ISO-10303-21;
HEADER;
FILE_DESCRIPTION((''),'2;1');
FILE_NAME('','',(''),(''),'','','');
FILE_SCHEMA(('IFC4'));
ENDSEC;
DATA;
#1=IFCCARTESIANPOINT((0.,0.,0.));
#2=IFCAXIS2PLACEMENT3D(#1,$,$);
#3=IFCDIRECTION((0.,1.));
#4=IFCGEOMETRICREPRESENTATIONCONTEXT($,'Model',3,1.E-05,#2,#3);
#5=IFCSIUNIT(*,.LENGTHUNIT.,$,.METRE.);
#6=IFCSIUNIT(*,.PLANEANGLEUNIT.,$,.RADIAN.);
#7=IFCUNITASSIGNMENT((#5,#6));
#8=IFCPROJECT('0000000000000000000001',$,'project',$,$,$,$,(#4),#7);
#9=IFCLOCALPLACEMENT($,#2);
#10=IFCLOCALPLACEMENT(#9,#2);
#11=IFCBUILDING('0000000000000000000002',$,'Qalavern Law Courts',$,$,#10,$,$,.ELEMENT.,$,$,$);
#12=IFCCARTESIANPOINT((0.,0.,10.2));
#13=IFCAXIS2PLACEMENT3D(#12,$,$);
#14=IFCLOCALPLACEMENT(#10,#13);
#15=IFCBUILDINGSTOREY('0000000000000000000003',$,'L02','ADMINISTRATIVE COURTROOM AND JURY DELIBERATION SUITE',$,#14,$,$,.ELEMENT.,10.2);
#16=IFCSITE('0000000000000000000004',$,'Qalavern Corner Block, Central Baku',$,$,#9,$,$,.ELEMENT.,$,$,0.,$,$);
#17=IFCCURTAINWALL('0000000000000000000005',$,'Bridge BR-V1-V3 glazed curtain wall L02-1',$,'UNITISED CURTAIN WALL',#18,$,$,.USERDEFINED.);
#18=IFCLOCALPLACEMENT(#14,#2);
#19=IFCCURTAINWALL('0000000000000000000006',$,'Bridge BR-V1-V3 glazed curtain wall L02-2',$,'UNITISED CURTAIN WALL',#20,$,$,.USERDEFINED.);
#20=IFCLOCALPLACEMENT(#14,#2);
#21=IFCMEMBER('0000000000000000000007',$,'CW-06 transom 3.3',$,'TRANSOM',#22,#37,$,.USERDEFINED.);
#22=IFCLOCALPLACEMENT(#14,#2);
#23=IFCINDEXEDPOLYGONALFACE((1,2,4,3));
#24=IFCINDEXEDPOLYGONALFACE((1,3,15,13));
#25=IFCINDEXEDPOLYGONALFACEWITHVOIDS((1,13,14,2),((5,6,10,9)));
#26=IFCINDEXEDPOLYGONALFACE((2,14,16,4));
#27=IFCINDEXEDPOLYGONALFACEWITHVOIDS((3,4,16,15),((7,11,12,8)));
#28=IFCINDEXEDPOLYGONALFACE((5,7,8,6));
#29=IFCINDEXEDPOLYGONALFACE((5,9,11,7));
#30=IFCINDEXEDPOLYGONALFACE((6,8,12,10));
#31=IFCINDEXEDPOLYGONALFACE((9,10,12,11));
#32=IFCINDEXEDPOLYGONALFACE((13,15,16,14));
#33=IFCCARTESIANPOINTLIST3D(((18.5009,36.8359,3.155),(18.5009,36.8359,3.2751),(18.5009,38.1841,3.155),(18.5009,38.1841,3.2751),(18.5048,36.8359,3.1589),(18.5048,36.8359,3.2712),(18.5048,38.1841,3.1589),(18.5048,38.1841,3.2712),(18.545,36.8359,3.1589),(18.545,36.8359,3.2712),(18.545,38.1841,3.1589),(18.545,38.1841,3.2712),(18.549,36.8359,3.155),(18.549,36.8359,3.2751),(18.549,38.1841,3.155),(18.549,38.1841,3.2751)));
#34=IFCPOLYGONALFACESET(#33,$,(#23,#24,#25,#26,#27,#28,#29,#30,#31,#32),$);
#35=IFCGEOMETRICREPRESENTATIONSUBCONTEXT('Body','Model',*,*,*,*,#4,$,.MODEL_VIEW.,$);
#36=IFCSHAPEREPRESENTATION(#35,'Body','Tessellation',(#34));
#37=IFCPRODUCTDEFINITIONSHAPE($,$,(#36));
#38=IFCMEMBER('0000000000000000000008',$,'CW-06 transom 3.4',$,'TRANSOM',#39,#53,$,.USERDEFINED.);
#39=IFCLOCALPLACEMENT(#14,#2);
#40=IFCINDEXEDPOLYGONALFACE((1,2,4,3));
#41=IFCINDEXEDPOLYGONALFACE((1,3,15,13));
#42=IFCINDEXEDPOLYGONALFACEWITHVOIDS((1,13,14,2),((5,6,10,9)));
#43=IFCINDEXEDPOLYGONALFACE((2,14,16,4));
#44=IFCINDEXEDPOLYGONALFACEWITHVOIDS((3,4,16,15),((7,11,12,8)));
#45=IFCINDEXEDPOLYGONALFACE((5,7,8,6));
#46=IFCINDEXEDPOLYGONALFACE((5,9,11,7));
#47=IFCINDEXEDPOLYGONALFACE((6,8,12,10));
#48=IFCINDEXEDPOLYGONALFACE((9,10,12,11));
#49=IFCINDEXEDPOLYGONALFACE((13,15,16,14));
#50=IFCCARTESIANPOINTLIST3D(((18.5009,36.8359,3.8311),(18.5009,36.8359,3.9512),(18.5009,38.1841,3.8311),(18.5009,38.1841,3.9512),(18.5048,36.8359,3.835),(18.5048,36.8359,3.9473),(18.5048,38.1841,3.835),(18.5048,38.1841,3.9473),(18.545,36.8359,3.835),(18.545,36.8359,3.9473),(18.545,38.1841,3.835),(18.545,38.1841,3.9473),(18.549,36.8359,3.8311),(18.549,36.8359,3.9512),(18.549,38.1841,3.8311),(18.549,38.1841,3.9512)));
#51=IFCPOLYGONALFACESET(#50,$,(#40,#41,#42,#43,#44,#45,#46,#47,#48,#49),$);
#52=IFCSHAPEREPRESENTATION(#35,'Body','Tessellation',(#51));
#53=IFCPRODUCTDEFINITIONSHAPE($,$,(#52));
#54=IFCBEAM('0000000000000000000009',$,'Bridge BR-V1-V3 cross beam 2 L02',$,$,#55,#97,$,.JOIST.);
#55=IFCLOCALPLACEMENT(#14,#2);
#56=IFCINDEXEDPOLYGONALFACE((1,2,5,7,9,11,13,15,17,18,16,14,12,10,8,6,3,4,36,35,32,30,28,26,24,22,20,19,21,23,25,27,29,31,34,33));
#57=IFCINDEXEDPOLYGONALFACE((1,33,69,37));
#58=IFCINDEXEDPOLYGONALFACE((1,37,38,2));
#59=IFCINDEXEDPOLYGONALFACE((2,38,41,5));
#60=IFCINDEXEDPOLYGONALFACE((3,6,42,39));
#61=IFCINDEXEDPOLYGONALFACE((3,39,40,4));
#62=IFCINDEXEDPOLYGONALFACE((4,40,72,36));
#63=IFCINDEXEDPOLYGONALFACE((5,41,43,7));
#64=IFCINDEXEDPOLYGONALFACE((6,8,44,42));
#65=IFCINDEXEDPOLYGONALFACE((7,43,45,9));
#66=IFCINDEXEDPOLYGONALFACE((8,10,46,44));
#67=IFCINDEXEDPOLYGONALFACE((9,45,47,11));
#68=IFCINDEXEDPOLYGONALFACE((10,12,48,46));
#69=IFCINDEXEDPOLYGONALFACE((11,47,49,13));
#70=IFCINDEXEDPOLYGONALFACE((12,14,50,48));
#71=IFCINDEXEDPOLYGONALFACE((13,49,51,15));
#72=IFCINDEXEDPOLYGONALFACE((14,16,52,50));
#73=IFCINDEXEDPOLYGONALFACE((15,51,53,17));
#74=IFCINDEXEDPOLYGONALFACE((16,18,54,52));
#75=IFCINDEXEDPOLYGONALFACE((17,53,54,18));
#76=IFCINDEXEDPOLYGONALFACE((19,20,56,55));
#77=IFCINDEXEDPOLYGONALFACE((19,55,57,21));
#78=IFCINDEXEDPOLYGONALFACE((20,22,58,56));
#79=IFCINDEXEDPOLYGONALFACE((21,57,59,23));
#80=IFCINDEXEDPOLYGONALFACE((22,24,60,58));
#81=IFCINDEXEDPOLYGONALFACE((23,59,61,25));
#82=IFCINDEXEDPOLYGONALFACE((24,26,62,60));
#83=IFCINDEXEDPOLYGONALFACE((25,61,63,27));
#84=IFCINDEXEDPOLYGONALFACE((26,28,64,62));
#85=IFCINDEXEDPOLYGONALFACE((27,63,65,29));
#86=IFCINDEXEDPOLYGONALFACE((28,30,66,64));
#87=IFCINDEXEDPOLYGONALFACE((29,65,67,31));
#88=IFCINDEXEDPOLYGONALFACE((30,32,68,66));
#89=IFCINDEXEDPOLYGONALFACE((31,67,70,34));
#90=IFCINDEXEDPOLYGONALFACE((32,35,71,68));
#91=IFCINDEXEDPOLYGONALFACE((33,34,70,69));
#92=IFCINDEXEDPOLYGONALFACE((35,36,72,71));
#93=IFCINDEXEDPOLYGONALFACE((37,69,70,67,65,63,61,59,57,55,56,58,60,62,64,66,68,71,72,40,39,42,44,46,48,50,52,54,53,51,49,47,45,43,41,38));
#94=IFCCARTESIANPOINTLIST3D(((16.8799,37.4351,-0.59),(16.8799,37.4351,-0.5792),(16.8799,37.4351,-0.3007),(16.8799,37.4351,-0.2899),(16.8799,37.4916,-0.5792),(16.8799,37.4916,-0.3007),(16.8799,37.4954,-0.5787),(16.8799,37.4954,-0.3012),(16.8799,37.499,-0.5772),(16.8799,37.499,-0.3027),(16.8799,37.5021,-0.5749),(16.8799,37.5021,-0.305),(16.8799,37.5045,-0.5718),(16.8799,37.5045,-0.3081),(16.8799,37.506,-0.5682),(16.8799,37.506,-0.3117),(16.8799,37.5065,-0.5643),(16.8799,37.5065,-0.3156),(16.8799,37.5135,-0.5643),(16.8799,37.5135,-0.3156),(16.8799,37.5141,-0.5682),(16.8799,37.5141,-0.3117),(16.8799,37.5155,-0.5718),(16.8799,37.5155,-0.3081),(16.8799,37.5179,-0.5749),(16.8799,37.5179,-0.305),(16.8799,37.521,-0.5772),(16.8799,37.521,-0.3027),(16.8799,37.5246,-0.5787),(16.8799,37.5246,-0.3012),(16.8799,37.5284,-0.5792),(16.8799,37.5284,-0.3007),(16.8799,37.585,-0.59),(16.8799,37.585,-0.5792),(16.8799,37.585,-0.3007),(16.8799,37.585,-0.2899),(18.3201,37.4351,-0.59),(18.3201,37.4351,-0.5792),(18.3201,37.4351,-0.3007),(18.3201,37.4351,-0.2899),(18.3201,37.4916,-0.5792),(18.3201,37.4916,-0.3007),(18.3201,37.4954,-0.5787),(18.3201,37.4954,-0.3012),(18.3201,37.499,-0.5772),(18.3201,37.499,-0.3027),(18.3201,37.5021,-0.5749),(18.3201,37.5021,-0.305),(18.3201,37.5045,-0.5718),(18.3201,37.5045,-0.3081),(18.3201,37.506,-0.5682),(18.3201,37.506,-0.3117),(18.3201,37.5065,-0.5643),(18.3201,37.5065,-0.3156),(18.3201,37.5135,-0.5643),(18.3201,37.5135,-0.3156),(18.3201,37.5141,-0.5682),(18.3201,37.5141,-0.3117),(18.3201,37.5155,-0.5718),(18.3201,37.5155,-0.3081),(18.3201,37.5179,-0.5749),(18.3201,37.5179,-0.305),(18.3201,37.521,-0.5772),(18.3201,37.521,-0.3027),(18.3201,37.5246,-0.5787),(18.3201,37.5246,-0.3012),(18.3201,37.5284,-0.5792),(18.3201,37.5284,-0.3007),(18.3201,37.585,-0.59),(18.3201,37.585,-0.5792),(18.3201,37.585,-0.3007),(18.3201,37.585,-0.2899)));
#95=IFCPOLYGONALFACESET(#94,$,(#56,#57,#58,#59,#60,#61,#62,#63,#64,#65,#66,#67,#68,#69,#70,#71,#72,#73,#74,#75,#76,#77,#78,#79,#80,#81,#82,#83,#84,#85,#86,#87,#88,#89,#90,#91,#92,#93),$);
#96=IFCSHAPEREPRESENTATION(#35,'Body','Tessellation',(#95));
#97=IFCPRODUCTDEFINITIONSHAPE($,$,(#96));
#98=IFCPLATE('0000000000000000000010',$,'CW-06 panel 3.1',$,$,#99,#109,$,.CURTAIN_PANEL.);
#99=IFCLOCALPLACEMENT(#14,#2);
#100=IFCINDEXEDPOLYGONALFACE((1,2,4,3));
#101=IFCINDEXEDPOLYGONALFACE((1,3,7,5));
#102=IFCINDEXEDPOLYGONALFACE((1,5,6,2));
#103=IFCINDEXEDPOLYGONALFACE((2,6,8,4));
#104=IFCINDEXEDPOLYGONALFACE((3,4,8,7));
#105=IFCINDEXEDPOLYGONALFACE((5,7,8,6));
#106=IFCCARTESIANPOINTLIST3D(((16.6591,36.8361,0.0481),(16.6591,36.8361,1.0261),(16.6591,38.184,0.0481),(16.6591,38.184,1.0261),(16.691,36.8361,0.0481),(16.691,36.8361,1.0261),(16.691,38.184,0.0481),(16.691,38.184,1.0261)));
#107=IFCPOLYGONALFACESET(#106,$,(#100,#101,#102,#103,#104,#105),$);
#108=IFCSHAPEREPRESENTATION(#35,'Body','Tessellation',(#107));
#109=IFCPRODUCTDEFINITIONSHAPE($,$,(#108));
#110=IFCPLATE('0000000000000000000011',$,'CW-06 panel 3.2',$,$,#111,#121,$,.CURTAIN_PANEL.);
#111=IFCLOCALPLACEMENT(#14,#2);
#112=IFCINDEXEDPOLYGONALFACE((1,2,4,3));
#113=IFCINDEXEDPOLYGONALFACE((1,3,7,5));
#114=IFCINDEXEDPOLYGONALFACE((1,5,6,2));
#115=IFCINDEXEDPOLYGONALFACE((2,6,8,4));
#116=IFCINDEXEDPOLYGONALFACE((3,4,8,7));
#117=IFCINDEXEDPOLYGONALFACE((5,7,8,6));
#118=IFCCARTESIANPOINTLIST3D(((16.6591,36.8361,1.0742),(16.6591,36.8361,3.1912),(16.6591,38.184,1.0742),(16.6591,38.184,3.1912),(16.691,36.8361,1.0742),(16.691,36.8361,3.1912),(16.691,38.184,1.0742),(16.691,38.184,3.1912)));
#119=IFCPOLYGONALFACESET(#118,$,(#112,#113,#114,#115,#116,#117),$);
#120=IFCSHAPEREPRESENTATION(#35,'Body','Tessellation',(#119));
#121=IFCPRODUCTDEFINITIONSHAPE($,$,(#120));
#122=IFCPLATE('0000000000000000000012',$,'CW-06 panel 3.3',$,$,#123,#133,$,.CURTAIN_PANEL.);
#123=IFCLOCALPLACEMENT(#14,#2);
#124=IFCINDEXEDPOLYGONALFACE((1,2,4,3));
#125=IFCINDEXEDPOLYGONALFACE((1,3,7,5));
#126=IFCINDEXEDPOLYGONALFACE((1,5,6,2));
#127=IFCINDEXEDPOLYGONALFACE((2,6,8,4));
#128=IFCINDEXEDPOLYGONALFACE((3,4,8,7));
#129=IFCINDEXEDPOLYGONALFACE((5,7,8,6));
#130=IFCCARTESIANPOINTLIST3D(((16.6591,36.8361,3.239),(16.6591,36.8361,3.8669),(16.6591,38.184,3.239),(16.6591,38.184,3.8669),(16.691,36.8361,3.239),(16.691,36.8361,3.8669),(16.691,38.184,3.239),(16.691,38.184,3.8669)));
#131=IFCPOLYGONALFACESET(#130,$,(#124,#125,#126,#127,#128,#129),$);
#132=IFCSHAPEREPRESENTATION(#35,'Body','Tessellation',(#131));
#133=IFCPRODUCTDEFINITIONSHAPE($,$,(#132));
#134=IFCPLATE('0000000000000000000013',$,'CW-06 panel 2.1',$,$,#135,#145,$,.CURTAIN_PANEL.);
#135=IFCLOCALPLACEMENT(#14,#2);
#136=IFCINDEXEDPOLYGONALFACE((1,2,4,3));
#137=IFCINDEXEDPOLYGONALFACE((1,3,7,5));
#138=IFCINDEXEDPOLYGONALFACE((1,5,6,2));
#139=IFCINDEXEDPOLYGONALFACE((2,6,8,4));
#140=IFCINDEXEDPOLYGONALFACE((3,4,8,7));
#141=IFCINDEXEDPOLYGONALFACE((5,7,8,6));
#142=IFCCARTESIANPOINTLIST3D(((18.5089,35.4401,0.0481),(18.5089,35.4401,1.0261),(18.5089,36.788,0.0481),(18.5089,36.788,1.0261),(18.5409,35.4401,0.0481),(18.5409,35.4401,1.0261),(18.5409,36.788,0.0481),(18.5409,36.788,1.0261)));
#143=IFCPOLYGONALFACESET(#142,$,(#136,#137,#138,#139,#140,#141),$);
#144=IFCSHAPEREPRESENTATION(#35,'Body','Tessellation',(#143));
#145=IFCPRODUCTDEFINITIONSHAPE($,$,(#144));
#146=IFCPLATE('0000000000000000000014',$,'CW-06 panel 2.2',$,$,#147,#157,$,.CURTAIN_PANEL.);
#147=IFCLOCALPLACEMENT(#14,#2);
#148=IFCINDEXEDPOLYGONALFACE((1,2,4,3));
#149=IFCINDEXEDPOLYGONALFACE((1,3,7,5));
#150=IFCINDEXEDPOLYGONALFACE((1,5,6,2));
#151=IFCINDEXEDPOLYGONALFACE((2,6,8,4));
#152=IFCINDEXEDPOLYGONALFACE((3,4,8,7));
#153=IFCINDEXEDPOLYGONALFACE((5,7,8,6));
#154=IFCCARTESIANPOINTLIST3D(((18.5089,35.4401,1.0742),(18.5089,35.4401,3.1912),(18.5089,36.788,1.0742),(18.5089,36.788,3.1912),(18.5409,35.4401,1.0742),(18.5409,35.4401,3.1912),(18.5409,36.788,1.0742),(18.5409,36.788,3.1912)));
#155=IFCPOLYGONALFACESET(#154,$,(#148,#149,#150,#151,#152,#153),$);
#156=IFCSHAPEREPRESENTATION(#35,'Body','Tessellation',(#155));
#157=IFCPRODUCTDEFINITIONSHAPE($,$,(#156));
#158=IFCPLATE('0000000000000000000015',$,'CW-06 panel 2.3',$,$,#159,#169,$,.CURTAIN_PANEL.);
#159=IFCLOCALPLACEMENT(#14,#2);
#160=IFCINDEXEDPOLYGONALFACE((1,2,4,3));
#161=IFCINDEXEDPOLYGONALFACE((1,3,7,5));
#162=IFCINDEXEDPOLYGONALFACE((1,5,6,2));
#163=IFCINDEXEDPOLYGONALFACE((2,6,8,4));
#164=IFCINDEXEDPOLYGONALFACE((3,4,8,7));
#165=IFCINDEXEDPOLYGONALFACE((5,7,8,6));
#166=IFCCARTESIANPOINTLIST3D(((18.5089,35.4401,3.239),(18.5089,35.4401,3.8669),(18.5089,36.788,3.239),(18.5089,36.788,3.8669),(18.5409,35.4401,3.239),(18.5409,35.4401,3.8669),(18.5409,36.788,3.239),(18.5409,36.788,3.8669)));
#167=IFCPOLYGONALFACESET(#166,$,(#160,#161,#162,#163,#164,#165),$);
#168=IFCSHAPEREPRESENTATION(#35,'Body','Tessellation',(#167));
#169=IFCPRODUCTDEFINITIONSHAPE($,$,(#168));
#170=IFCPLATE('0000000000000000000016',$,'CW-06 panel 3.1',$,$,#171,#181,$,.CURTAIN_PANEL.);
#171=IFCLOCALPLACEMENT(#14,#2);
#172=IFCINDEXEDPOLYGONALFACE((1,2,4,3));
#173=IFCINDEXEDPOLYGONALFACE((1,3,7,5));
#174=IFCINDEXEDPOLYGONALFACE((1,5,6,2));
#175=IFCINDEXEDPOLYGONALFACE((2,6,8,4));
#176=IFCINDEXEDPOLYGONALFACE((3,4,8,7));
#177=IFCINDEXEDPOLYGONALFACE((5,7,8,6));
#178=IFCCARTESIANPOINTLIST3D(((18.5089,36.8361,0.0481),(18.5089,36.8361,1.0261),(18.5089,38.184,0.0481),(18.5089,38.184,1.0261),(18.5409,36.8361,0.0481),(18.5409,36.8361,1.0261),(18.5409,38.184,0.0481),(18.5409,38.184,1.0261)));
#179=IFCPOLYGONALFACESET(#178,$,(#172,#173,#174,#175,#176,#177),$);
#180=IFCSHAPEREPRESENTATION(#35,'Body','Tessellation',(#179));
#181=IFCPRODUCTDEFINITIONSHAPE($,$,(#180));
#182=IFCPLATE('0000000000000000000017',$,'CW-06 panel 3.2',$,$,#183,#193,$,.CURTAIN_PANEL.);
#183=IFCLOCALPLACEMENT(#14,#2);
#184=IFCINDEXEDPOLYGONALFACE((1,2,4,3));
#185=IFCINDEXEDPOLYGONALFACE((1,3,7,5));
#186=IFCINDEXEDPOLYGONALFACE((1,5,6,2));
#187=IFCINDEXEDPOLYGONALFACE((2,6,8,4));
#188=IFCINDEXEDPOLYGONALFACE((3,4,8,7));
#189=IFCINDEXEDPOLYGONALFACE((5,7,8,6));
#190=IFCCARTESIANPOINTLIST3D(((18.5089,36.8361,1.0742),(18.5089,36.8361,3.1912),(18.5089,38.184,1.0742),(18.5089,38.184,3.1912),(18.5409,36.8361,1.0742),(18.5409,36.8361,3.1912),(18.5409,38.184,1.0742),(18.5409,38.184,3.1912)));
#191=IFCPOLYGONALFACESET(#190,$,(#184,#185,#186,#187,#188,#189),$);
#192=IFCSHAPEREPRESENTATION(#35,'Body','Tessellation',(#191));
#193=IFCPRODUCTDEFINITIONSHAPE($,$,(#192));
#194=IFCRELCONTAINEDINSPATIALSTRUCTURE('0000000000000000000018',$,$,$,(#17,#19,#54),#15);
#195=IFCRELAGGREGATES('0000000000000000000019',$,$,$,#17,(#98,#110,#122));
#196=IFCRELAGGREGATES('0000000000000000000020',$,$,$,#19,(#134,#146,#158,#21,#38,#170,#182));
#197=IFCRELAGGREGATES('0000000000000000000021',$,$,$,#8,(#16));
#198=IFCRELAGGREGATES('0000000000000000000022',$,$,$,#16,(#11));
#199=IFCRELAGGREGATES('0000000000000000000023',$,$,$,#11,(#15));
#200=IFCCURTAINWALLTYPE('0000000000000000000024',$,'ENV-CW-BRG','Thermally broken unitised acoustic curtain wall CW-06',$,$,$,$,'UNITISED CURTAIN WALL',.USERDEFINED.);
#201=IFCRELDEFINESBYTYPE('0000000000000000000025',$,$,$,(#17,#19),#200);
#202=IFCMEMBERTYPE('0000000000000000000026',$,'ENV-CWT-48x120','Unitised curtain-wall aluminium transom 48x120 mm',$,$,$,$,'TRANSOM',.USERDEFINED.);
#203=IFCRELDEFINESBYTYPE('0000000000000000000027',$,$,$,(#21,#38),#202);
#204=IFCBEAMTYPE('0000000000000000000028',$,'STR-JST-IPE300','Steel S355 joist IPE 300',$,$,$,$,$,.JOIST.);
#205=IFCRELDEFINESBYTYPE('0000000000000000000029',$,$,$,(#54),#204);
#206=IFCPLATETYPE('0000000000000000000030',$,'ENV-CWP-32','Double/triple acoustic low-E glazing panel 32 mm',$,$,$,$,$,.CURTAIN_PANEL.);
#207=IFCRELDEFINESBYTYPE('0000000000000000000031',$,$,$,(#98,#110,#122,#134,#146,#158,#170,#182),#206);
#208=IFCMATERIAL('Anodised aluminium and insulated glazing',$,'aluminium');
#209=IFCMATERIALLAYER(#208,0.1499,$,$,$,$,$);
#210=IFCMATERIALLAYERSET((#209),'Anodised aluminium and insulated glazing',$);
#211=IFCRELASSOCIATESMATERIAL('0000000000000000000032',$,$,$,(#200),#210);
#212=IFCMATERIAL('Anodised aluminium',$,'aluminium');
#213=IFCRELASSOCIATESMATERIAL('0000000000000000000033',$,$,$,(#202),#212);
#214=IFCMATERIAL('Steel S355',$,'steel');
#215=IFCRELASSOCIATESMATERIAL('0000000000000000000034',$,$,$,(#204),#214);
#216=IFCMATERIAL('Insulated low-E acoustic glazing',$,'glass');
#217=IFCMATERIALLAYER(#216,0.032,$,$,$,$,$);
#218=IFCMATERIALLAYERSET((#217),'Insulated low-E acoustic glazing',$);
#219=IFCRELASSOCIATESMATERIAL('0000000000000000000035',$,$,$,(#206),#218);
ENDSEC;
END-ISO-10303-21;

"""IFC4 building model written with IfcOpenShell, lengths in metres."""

from ifc_helpers import new_model, si_unit, direction, frame, origin, origin_2d, place, context, subcontext, project, spatial, rectangle, hollow_rectangle, i_section, extrude, material, layer, layer_set, material_profile, profile_set, type_object, element, aggregate, save


model = new_model("IFC4")

# Units and contexts
model_context = context("Model", 3, precision=1e-05, world=origin(), true_north=direction((0.0, 1.0)))
body_context = subcontext(model_context, "Body", "Model", "MODEL_VIEW")
ifc_project = project(units=[si_unit("LENGTHUNIT", "METRE"), si_unit("PLANEANGLEUNIT", "RADIAN")], contexts=[model_context])

# Site, building, storey
site_placement = place(None, origin())
site = spatial("IfcSite", under=ifc_project, at=site_placement, Name="Qalavern Corner Block, Central Baku", CompositionType="ELEMENT", RefElevation=0.0)
building_placement = place(site_placement, origin())
building = spatial("IfcBuilding", under=site, at=building_placement, Name="Qalavern Law Courts", CompositionType="ELEMENT")
storey_placement = place(building_placement, frame((0.0, 0.0, 10.2)))
storey = spatial("IfcBuildingStorey", under=building, at=storey_placement, Name="L02", Description="ADMINISTRATIVE COURTROOM AND JURY DELIBERATION SUITE", CompositionType="ELEMENT", Elevation=10.2)

# Curtain walls
ifc_material_1 = material(Name="Anodised aluminium and insulated glazing", Category="aluminium")
ifc_layer_1 = layer(ifc_material_1, 0.1499)
ifc_layer_set_1 = layer_set([ifc_layer_1], Name="Anodised aluminium and insulated glazing")
curtain_wall_type = type_object("IfcCurtainWallType", Name="ENV-CW-BRG", Description="Thermally broken unitised acoustic curtain wall CW-06", ElementType="UNITISED CURTAIN WALL", PredefinedType="USERDEFINED", material=ifc_layer_set_1)
curtain_wall_1_placement = place(storey_placement, origin())
curtain_wall_1 = element("IfcCurtainWall", 1, at=curtain_wall_1_placement, inside=storey, type_object=curtain_wall_type, Name="Bridge BR-V1-V3 glazed curtain wall L02-1", ObjectType="UNITISED CURTAIN WALL", PredefinedType="USERDEFINED")
ifc_material_2 = material(Name="Anodised aluminium", Category="aluminium")
curtain_wall_2_placement = place(storey_placement, origin())
curtain_wall_2 = element("IfcCurtainWall", 2, at=curtain_wall_2_placement, inside=storey, type_object=curtain_wall_type, Name="Bridge BR-V1-V3 glazed curtain wall L02-2", ObjectType="UNITISED CURTAIN WALL", PredefinedType="USERDEFINED")

# Members
ifc_material_profile_1 = material_profile(ifc_material_2, hollow_rectangle(XDim=0.0481, YDim=0.1201, WallThickness=0.0039, at=origin_2d()), Name="ALU TRANSOM 48x120")
ifc_profile_set_1 = profile_set([ifc_material_profile_1], Name="Anodised aluminium")
member_type_1 = type_object("IfcMemberType", Name="ENV-CWT-48x120", Description="Unitised curtain-wall aluminium transom 48x120 mm", ElementType="TRANSOM", PredefinedType="USERDEFINED", material=ifc_profile_set_1)
member_1_placement = place(storey_placement, frame((18.5249, 36.8359, 3.2151), z_axis=(0.0, 1.0, 0.0), x_axis=(-1.0, 0.0, 0.0)))
member_1 = element("IfcMember", 3, at=member_1_placement, type_object=member_type_1, Name="CW-06 transom 3.3", ObjectType="TRANSOM", PredefinedType="USERDEFINED", context=body_context, shape_type="SweptSolid", body=[
    extrude(hollow_rectangle(XDim=0.0481, YDim=0.1201, WallThickness=0.0039, at=origin_2d()), origin(), (0.0, 0.0, 1.0), 1.3481),
])
member_2_placement = place(storey_placement, frame((18.5249, 36.8359, 3.8911), z_axis=(0.0, 1.0, 0.0), x_axis=(-1.0, 0.0, 0.0)))
member_2 = element("IfcMember", 4, at=member_2_placement, type_object=member_type_1, Name="CW-06 transom 3.4", ObjectType="TRANSOM", PredefinedType="USERDEFINED", context=body_context, shape_type="SweptSolid", body=[
    extrude(hollow_rectangle(XDim=0.0481, YDim=0.1201, WallThickness=0.0039, at=origin_2d()), origin(), (0.0, 0.0, 1.0), 1.3481),
])

# Beam
ifc_material_3 = material(Name="Steel S355", Category="steel")
ifc_material_profile_2 = material_profile(ifc_material_3, i_section(OverallWidth=0.1499, OverallDepth=0.3, WebThickness=0.0071, FlangeThickness=0.0107, FilletRadius=0.0149, at=origin_2d()), Name="IPE 300")
ifc_profile_set_2 = profile_set([ifc_material_profile_2], Name="Steel S355")
beam_type = type_object("IfcBeamType", Name="STR-JST-IPE300", Description="Steel S355 joist IPE 300", PredefinedType="JOIST", material=ifc_profile_set_2)
beam_placement = place(storey_placement, frame((16.8799, 37.51, -0.4399), z_axis=(1.0, 0.0, 0.0), x_axis=(0.0, 1.0, 0.0)))
element("IfcBeam", 5, at=beam_placement, inside=storey, type_object=beam_type, Name="Bridge BR-V1-V3 cross beam 2 L02", PredefinedType="JOIST", context=body_context, shape_type="SweptSolid", body=[
    extrude(i_section(OverallWidth=0.1499, OverallDepth=0.3, WebThickness=0.0071, FlangeThickness=0.0107, FilletRadius=0.0149, at=origin_2d()), origin(), (0.0, 0.0, 1.0), 1.4402),
])

# Plates
ifc_material_4 = material(Name="Insulated low-E acoustic glazing", Category="glass")
ifc_layer_2 = layer(ifc_material_4, 0.032)
ifc_layer_set_2 = layer_set([ifc_layer_2], Name="Insulated low-E acoustic glazing")
plate_type = type_object("IfcPlateType", Name="ENV-CWP-32", Description="Double/triple acoustic low-E glazing panel 32 mm", PredefinedType="CURTAIN_PANEL", material=ifc_layer_set_2)
plate_1_placement = place(storey_placement, frame((16.675, 37.51, 0.0481), z_axis=(0.0, 0.0, 1.0), x_axis=(0.0, -1.0, 0.0)))
plate_1 = element("IfcPlate", 6, at=plate_1_placement, type_object=plate_type, Name="CW-06 panel 3.1", PredefinedType="CURTAIN_PANEL", context=body_context, shape_type="SweptSolid", body=[
    extrude(rectangle(XDim=1.3479, YDim=0.032, at=origin_2d()), origin(), (0.0, 0.0, 1.0), 0.978),
])
plate_2_placement = place(storey_placement, frame((16.675, 37.51, 1.0742), z_axis=(0.0, 0.0, 1.0), x_axis=(0.0, -1.0, 0.0)))
plate_2 = element("IfcPlate", 7, at=plate_2_placement, type_object=plate_type, Name="CW-06 panel 3.2", PredefinedType="CURTAIN_PANEL", context=body_context, shape_type="SweptSolid", body=[
    extrude(rectangle(XDim=1.3479, YDim=0.032, at=origin_2d()), origin(), (0.0, 0.0, 1.0), 2.1169),
])
plate_3_placement = place(storey_placement, frame((16.675, 37.51, 3.239), z_axis=(0.0, 0.0, 1.0), x_axis=(0.0, -1.0, 0.0)))
plate_3 = element("IfcPlate", 8, at=plate_3_placement, type_object=plate_type, Name="CW-06 panel 3.3", PredefinedType="CURTAIN_PANEL", context=body_context, shape_type="SweptSolid", body=[
    extrude(rectangle(XDim=1.3479, YDim=0.032, at=origin_2d()), origin(), (0.0, 0.0, 1.0), 0.6279),
])
aggregate(curtain_wall_1, [plate_1, plate_2, plate_3])
plate_4_placement = place(storey_placement, frame((18.5249, 36.114, 0.0481), z_axis=(0.0, 0.0, 1.0), x_axis=(0.0, 1.0, 0.0)))
plate_4 = element("IfcPlate", 9, at=plate_4_placement, type_object=plate_type, Name="CW-06 panel 2.1", PredefinedType="CURTAIN_PANEL", context=body_context, shape_type="SweptSolid", body=[
    extrude(rectangle(XDim=1.3479, YDim=0.032, at=origin_2d()), origin(), (0.0, 0.0, 1.0), 0.978),
])
plate_5_placement = place(storey_placement, frame((18.5249, 36.114, 1.0742), z_axis=(0.0, 0.0, 1.0), x_axis=(0.0, 1.0, 0.0)))
plate_5 = element("IfcPlate", 10, at=plate_5_placement, type_object=plate_type, Name="CW-06 panel 2.2", PredefinedType="CURTAIN_PANEL", context=body_context, shape_type="SweptSolid", body=[
    extrude(rectangle(XDim=1.3479, YDim=0.032, at=origin_2d()), origin(), (0.0, 0.0, 1.0), 2.1169),
])
plate_6_placement = place(storey_placement, frame((18.5249, 36.114, 3.239), z_axis=(0.0, 0.0, 1.0), x_axis=(0.0, 1.0, 0.0)))
plate_6 = element("IfcPlate", 11, at=plate_6_placement, type_object=plate_type, Name="CW-06 panel 2.3", PredefinedType="CURTAIN_PANEL", context=body_context, shape_type="SweptSolid", body=[
    extrude(rectangle(XDim=1.3479, YDim=0.032, at=origin_2d()), origin(), (0.0, 0.0, 1.0), 0.6279),
])
plate_7_placement = place(storey_placement, frame((18.5249, 37.51, 0.0481), z_axis=(0.0, 0.0, 1.0), x_axis=(0.0, 1.0, 0.0)))
plate_7 = element("IfcPlate", 12, at=plate_7_placement, type_object=plate_type, Name="CW-06 panel 3.1", PredefinedType="CURTAIN_PANEL", context=body_context, shape_type="SweptSolid", body=[
    extrude(rectangle(XDim=1.3479, YDim=0.032, at=origin_2d()), origin(), (0.0, 0.0, 1.0), 0.978),
])
plate_8_placement = place(storey_placement, frame((18.5249, 37.51, 1.0742), z_axis=(0.0, 0.0, 1.0), x_axis=(0.0, 1.0, 0.0)))
plate_8 = element("IfcPlate", 13, at=plate_8_placement, type_object=plate_type, Name="CW-06 panel 3.2", PredefinedType="CURTAIN_PANEL", context=body_context, shape_type="SweptSolid", body=[
    extrude(rectangle(XDim=1.3479, YDim=0.032, at=origin_2d()), origin(), (0.0, 0.0, 1.0), 2.1169),
])
aggregate(curtain_wall_2, [plate_4, plate_5, plate_6, member_1, member_2, plate_7, plate_8])

save(model, "model.ifc")
